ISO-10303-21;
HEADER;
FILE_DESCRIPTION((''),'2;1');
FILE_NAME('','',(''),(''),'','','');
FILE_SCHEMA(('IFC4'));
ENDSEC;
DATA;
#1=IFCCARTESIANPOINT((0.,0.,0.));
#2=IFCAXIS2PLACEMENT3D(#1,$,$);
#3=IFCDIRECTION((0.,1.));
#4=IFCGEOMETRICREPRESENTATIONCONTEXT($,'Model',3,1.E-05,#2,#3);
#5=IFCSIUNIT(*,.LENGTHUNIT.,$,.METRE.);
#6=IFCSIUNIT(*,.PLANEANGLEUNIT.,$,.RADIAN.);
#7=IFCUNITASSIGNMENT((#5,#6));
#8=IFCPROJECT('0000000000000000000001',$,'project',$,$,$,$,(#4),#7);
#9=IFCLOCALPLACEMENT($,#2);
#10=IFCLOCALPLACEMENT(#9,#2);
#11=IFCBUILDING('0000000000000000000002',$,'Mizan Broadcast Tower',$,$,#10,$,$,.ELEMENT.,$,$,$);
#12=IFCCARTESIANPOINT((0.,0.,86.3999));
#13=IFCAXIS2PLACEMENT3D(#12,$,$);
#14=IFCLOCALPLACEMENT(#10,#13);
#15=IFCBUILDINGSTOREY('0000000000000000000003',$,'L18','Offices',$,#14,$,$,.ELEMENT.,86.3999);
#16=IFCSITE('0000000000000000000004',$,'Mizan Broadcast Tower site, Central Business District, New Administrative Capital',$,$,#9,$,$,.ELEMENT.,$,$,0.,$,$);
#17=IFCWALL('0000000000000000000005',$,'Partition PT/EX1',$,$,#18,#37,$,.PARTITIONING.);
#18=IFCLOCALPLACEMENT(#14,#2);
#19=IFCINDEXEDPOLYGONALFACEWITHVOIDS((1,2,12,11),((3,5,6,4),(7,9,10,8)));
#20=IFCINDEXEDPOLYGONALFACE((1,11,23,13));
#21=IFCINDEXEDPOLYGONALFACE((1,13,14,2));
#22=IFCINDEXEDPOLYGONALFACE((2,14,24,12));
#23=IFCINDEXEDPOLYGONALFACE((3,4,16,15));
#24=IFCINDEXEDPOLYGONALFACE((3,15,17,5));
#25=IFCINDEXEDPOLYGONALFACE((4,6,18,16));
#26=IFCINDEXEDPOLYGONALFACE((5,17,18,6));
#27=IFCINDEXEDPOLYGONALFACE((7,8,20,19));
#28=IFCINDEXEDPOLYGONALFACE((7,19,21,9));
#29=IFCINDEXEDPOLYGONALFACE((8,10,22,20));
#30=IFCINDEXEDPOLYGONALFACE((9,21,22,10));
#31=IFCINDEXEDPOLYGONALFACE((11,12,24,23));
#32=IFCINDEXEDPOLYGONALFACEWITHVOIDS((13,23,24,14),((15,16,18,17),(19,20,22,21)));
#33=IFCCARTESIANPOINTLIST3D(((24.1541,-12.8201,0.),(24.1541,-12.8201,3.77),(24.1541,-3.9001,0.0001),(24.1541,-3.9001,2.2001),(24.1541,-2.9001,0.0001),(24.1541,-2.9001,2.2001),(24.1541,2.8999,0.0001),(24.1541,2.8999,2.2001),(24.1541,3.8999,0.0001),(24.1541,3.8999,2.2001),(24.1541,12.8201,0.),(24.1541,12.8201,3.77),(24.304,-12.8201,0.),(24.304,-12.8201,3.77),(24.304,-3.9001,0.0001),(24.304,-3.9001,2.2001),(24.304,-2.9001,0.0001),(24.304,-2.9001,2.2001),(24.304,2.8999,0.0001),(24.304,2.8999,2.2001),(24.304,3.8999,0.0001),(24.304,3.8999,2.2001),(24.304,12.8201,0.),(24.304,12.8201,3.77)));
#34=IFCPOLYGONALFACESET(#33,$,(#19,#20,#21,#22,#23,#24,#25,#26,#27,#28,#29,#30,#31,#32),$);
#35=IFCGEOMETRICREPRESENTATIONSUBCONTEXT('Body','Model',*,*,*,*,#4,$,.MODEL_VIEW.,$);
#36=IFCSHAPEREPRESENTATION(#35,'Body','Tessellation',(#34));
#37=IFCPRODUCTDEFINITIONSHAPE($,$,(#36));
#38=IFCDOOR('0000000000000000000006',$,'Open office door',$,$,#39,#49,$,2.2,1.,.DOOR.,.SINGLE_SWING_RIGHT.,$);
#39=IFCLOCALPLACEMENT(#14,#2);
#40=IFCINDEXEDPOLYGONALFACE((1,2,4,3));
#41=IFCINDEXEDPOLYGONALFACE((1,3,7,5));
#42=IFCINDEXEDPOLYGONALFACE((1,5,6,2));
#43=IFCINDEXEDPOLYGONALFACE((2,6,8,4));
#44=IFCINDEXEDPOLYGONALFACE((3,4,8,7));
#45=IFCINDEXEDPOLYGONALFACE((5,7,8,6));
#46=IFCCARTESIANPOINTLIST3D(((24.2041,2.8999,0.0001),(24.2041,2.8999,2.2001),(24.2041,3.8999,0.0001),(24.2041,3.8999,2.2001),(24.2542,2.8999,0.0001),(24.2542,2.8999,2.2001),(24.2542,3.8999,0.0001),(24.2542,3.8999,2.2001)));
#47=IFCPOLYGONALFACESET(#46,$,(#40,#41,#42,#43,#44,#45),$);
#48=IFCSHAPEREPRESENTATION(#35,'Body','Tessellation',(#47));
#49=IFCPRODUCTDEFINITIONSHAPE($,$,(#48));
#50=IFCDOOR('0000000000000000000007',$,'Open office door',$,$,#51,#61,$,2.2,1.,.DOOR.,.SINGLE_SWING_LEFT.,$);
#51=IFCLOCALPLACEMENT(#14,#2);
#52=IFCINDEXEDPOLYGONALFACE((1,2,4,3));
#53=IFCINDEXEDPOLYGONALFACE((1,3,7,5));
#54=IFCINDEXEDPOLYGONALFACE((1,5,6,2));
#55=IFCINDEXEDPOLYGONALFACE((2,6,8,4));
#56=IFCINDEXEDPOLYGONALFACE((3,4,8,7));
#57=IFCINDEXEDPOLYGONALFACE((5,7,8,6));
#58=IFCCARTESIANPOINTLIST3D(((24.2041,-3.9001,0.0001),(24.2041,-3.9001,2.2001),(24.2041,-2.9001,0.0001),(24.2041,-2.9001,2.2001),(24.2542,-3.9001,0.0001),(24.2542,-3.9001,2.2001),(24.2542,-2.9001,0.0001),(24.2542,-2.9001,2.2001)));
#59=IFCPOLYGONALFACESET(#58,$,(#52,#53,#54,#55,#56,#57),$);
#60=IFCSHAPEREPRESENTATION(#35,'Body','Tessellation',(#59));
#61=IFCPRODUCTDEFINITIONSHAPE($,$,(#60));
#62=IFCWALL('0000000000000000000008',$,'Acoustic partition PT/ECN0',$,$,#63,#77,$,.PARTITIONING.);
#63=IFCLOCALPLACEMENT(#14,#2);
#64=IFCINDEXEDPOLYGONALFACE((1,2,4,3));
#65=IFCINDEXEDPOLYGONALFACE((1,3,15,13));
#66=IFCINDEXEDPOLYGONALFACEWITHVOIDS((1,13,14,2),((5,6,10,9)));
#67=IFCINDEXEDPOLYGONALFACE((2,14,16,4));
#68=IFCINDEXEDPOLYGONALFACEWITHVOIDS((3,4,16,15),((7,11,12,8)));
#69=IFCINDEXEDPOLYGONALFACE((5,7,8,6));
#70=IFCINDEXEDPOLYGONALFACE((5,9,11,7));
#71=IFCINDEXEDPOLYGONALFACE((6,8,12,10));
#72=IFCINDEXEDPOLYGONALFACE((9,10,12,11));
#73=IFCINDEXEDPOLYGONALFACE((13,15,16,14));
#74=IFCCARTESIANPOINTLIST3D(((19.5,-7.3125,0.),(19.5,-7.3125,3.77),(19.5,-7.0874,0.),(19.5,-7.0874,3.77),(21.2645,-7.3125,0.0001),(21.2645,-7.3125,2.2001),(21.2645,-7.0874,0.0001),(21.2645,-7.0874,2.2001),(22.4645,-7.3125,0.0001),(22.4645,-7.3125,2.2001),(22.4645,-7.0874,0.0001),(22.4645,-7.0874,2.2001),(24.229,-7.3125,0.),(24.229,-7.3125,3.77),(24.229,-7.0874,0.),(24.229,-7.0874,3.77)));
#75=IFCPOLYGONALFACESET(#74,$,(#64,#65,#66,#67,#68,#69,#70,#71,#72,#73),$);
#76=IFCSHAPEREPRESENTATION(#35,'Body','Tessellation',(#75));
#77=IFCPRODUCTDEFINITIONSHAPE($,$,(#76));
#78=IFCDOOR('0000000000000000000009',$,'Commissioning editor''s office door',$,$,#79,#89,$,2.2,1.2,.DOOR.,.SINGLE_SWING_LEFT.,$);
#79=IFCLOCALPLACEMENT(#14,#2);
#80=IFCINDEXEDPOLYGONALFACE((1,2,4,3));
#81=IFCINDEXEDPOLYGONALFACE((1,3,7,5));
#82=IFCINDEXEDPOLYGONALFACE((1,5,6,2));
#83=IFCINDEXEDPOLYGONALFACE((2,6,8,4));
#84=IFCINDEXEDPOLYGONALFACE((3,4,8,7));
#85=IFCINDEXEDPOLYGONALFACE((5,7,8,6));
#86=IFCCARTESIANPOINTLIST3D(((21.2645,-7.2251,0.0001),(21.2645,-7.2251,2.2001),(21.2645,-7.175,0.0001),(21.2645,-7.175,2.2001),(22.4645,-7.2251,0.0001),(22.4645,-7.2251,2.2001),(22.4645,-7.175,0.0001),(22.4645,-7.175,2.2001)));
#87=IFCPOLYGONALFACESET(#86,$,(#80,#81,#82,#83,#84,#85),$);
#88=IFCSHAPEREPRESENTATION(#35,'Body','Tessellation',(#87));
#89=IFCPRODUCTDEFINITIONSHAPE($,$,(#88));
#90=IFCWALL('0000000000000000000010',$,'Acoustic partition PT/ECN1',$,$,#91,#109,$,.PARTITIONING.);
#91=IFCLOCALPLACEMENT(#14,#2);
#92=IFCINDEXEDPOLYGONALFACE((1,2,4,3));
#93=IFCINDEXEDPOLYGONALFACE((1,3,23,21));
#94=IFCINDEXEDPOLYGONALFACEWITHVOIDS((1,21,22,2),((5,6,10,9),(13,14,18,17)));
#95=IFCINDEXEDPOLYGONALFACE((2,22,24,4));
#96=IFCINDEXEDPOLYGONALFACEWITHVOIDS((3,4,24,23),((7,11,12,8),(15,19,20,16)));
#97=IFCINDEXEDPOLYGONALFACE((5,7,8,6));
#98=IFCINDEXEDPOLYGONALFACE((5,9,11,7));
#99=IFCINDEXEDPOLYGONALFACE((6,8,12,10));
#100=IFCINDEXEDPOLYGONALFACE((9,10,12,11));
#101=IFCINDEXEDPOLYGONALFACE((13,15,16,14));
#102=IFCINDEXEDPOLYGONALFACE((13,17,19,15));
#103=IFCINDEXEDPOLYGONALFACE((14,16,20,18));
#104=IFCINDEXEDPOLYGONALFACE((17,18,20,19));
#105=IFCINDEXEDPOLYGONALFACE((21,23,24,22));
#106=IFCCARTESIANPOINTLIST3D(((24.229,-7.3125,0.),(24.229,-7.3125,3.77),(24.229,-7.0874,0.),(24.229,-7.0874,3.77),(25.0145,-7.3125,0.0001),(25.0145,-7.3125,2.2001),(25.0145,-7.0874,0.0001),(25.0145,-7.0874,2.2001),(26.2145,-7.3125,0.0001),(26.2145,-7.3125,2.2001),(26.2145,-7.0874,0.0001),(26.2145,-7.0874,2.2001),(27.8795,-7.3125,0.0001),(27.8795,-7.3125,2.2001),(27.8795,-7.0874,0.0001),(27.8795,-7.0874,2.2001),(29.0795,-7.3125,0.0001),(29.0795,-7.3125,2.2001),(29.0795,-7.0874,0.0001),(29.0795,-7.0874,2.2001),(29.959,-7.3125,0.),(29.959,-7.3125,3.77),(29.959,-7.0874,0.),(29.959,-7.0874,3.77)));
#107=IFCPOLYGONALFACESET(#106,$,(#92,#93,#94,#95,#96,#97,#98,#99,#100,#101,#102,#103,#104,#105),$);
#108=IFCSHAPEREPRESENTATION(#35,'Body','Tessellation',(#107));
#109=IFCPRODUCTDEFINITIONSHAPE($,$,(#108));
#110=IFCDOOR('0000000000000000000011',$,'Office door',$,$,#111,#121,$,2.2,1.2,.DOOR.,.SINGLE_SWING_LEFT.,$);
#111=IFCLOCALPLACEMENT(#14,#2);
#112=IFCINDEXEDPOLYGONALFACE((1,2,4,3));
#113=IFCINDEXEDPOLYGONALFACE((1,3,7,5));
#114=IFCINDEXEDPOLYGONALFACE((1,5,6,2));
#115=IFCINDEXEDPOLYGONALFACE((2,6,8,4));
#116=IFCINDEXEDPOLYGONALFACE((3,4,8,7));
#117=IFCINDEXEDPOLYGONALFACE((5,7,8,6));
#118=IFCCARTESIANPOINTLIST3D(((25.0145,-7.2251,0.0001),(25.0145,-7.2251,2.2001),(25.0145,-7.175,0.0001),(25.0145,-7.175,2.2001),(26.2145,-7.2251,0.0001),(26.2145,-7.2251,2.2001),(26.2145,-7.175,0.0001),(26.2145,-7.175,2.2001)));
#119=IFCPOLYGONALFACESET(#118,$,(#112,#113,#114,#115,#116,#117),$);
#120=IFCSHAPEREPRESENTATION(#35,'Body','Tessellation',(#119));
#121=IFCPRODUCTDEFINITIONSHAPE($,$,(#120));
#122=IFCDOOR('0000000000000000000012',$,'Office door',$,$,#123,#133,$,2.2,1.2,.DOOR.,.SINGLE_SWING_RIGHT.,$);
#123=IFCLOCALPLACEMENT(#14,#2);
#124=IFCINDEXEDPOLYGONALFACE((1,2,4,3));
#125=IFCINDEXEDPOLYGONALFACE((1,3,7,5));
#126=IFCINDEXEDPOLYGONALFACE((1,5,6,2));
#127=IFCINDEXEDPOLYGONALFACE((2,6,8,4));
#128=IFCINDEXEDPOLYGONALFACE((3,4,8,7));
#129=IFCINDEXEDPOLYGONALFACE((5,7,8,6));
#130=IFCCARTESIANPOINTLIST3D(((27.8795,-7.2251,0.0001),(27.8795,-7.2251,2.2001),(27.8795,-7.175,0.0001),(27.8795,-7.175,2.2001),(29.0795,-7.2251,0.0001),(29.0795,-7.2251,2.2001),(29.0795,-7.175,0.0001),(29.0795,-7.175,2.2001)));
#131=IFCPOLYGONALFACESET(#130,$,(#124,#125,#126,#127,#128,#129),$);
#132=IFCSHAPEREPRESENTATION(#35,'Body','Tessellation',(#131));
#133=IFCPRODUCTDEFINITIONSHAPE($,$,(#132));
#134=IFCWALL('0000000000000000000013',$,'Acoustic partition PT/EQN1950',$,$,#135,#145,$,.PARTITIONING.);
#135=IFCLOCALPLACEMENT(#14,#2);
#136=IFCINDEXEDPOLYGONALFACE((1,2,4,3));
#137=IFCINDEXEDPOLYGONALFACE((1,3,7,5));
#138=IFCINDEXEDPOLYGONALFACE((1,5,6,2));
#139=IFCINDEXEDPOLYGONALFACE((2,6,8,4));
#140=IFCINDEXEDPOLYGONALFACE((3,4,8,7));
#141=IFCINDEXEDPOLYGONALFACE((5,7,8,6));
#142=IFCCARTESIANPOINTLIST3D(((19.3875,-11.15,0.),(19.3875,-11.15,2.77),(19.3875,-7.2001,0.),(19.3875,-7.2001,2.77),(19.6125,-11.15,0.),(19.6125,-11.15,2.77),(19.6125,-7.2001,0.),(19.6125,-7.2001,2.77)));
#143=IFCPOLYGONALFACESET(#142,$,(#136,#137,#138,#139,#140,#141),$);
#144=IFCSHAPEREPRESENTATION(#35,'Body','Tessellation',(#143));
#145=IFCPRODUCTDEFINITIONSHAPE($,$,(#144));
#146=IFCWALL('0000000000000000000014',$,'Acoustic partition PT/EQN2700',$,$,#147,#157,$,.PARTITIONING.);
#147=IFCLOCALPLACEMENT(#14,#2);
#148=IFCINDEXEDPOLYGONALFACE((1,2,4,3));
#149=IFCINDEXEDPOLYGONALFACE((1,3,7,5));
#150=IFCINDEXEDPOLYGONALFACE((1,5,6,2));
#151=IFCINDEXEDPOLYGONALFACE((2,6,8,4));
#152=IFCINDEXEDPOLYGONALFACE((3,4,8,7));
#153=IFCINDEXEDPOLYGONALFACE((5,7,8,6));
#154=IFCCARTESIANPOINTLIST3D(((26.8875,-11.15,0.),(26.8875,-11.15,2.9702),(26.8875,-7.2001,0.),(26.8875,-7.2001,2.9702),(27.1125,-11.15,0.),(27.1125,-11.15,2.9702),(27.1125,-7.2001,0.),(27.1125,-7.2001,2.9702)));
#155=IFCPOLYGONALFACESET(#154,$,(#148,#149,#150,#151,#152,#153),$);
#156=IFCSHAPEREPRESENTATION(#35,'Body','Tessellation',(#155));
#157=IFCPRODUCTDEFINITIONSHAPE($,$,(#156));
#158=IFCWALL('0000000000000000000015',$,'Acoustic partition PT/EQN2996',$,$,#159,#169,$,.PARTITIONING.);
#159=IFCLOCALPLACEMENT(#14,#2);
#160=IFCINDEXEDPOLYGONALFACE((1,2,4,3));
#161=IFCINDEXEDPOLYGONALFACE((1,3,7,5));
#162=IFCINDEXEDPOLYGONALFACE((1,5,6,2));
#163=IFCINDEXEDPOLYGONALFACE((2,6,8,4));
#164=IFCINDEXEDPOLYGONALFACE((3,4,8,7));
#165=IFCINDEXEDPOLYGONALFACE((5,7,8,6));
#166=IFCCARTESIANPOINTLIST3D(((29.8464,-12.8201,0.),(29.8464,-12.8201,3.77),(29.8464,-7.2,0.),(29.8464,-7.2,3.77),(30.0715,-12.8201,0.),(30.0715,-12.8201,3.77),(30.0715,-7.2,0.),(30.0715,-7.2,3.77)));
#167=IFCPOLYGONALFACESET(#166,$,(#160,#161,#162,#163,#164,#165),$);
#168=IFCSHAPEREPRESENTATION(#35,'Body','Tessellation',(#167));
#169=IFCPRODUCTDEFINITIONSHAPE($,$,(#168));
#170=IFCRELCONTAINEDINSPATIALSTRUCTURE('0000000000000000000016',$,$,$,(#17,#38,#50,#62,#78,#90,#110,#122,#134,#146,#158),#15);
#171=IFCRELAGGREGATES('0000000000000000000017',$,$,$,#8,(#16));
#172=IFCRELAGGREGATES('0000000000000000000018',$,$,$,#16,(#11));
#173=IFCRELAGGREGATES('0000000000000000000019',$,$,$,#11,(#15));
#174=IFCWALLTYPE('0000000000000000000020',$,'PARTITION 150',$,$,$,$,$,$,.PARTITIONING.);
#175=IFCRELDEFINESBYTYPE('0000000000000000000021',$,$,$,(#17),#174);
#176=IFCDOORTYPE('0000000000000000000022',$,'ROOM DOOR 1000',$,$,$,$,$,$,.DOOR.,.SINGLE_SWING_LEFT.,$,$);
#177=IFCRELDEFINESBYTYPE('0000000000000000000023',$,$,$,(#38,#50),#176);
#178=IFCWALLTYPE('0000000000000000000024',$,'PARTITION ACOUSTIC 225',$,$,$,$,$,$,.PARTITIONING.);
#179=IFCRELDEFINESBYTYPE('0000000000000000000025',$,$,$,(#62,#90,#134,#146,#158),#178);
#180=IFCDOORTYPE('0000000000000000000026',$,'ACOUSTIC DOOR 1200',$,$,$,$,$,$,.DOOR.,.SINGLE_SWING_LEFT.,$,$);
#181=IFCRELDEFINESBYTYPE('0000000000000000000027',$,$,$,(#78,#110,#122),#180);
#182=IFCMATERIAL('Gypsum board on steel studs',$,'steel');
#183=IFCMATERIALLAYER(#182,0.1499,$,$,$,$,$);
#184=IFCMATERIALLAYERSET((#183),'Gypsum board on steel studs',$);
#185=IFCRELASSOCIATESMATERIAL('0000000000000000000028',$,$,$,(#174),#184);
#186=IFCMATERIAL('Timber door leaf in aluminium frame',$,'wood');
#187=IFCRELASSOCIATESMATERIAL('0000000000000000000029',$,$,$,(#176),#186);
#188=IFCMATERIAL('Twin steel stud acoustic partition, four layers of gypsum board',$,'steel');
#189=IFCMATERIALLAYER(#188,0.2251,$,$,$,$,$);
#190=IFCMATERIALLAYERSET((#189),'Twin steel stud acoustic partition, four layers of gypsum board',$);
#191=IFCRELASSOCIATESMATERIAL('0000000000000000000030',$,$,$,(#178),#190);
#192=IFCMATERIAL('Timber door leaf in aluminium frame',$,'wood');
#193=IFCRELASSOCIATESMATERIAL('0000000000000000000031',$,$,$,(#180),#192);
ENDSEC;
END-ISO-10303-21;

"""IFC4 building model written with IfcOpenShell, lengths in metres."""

from ifc_helpers import new_model, si_unit, direction, frame, frame_2d, origin, place, context, subcontext, project, spatial, rectangle, extrude, material, layer, layer_set, type_object, element, fill, save


model = new_model("IFC4")

# Units and contexts
model_context = context("Model", 3, precision=1e-05, world=origin(), true_north=direction((0.0, 1.0)))
body_context = subcontext(model_context, "Body", "Model", "MODEL_VIEW")
ifc_project = project(units=[si_unit("LENGTHUNIT", "METRE"), si_unit("PLANEANGLEUNIT", "RADIAN")], contexts=[model_context])

# Site, building, storey
site_placement = place(None, origin())
site = spatial("IfcSite", under=ifc_project, at=site_placement, Name="Mizan Broadcast Tower site, Central Business District, New Administrative Capital", CompositionType="ELEMENT", RefElevation=0.0)
building_placement = place(site_placement, origin())
building = spatial("IfcBuilding", under=site, at=building_placement, Name="Mizan Broadcast Tower", CompositionType="ELEMENT")
storey_placement = place(building_placement, frame((0.0, 0.0, 86.3999)))
storey = spatial("IfcBuildingStorey", under=building, at=storey_placement, Name="L18", Description="Offices", CompositionType="ELEMENT", Elevation=86.3999)

# Wall, openings, doors
ifc_material_1 = material(Name="Gypsum board on steel studs", Category="steel")
ifc_layer_1 = layer(ifc_material_1, 0.1499)
ifc_layer_set_1 = layer_set([ifc_layer_1], Name="Gypsum board on steel studs")
wall_type_1 = type_object("IfcWallType", Name="PARTITION 150", PredefinedType="PARTITIONING", material=ifc_layer_set_1)
wall_1_placement = place(storey_placement, frame((24.229, -12.8201, 0.0), z_axis=(0.0, 0.0, 1.0), x_axis=(0.0, 1.0, 0.0)))
wall_1 = element("IfcWall", 1, at=wall_1_placement, inside=storey, type_object=wall_type_1, Name="Partition PT/EX1", PredefinedType="PARTITIONING", context=body_context, shape_type="SweptSolid", body=[
    extrude(rectangle(XDim=25.6401, YDim=0.1499, at=frame_2d((12.8201, 0.0))), origin(), (0.0, 0.0, 1.0), 3.77),
])
opening_1_placement = place(wall_1_placement, frame((15.72, 0.0, 0.0)))
opening_1 = element("IfcOpeningElement", 2, at=opening_1_placement, cuts=wall_1, PredefinedType="OPENING", context=body_context, shape_type="SweptSolid", body=[
    extrude(rectangle(XDim=1.0, YDim=2.2, at=frame_2d((0.5, 1.1001))), frame((0.0, 0.085, 0.0), z_axis=(0.0, -1.0, 0.0), x_axis=(1.0, 0.0, 0.0)), (0.0, 0.0, 1.0), 0.1699),
])
opening_2_placement = place(wall_1_placement, frame((8.9199, 0.0, 0.0)))
opening_2 = element("IfcOpeningElement", 3, at=opening_2_placement, cuts=wall_1, PredefinedType="OPENING", context=body_context, shape_type="SweptSolid", body=[
    extrude(rectangle(XDim=1.0, YDim=2.2, at=frame_2d((0.5, 1.1001))), frame((0.0, 0.085, 0.0), z_axis=(0.0, -1.0, 0.0), x_axis=(1.0, 0.0, 0.0)), (0.0, 0.0, 1.0), 0.1699),
])
ifc_material_2 = material(Name="Timber door leaf in aluminium frame", Category="wood")
door_type_1 = type_object("IfcDoorType", Name="ROOM DOOR 1000", OperationType="SINGLE_SWING_LEFT", PredefinedType="DOOR", material=ifc_material_2)
door_1_placement = place(opening_1_placement, origin())
door_1 = element("IfcDoor", 4, at=door_1_placement, inside=storey, type_object=door_type_1, Name="Open office door", OperationType="SINGLE_SWING_RIGHT", OverallHeight=2.2, OverallWidth=1.0, PredefinedType="DOOR", context=body_context, shape_type="SweptSolid", body=[
    extrude(rectangle(XDim=1.0, YDim=2.2, at=frame_2d((0.5, 1.1001))), frame((0.0, 0.0249, 0.0), z_axis=(0.0, -1.0, 0.0), x_axis=(1.0, 0.0, 0.0)), (0.0, 0.0, 1.0), 0.05),
])
fill(opening_1, door_1)
door_2_placement = place(opening_2_placement, origin())
door_2 = element("IfcDoor", 5, at=door_2_placement, inside=storey, type_object=door_type_1, Name="Open office door", OperationType="SINGLE_SWING_LEFT", OverallHeight=2.2, OverallWidth=1.0, PredefinedType="DOOR", context=body_context, shape_type="SweptSolid", body=[
    extrude(rectangle(XDim=1.0, YDim=2.2, at=frame_2d((0.5, 1.1001))), frame((0.0, 0.0249, 0.0), z_axis=(0.0, -1.0, 0.0), x_axis=(1.0, 0.0, 0.0)), (0.0, 0.0, 1.0), 0.05),
])
fill(opening_2, door_2)

# Wall, opening, door
ifc_material_3 = material(Name="Twin steel stud acoustic partition, four layers of gypsum board", Category="steel")
ifc_layer_2 = layer(ifc_material_3, 0.2251)
ifc_layer_set_2 = layer_set([ifc_layer_2], Name="Twin steel stud acoustic partition, four layers of gypsum board")
wall_type_2 = type_object("IfcWallType", Name="PARTITION ACOUSTIC 225", PredefinedType="PARTITIONING", material=ifc_layer_set_2)
wall_2_placement = place(storey_placement, frame((19.5, -7.2, 0.0), z_axis=(0.0, 0.0, 1.0), x_axis=(1.0, 0.0, 0.0)))
wall_2 = element("IfcWall", 6, at=wall_2_placement, inside=storey, type_object=wall_type_2, Name="Acoustic partition PT/ECN0", PredefinedType="PARTITIONING", context=body_context, shape_type="SweptSolid", body=[
    extrude(rectangle(XDim=4.729, YDim=0.2251, at=frame_2d((2.3645, 0.0))), origin(), (0.0, 0.0, 1.0), 3.77),
])
opening_3_placement = place(wall_2_placement, frame((1.7644, 0.0, 0.0)))
opening_3 = element("IfcOpeningElement", 7, at=opening_3_placement, cuts=wall_2, PredefinedType="OPENING", context=body_context, shape_type="SweptSolid", body=[
    extrude(rectangle(XDim=1.2, YDim=2.2, at=frame_2d((0.6001, 1.1001))), frame((0.0, 0.1226, 0.0), z_axis=(0.0, -1.0, 0.0), x_axis=(1.0, 0.0, 0.0)), (0.0, 0.0, 1.0), 0.2451),
])
ifc_material_4 = material(Name="Timber door leaf in aluminium frame", Category="wood")
door_type_2 = type_object("IfcDoorType", Name="ACOUSTIC DOOR 1200", OperationType="SINGLE_SWING_LEFT", PredefinedType="DOOR", material=ifc_material_4)
door_3_placement = place(opening_3_placement, origin())
door_3 = element("IfcDoor", 8, at=door_3_placement, inside=storey, type_object=door_type_2, Name="Commissioning editor's office door", OperationType="SINGLE_SWING_LEFT", OverallHeight=2.2, OverallWidth=1.2, PredefinedType="DOOR", context=body_context, shape_type="SweptSolid", body=[
    extrude(rectangle(XDim=1.2, YDim=2.2, at=frame_2d((0.6001, 1.1001))), frame((0.0, 0.0249, 0.0), z_axis=(0.0, -1.0, 0.0), x_axis=(1.0, 0.0, 0.0)), (0.0, 0.0, 1.0), 0.05),
])
fill(opening_3, door_3)

# Wall, openings, doors
wall_3_placement = place(storey_placement, frame((24.229, -7.2, 0.0), z_axis=(0.0, 0.0, 1.0), x_axis=(1.0, 0.0, 0.0)))
wall_3 = element("IfcWall", 9, at=wall_3_placement, inside=storey, type_object=wall_type_2, Name="Acoustic partition PT/ECN1", PredefinedType="PARTITIONING", context=body_context, shape_type="SweptSolid", body=[
    extrude(rectangle(XDim=5.73, YDim=0.2251, at=frame_2d((2.865, 0.0))), origin(), (0.0, 0.0, 1.0), 3.77),
])
opening_4_placement = place(wall_3_placement, frame((0.7854, 0.0, 0.0)))
opening_4 = element("IfcOpeningElement", 10, at=opening_4_placement, cuts=wall_3, PredefinedType="OPENING", context=body_context, shape_type="SweptSolid", body=[
    extrude(rectangle(XDim=1.2, YDim=2.2, at=frame_2d((0.6001, 1.1001))), frame((0.0, 0.1226, 0.0), z_axis=(0.0, -1.0, 0.0), x_axis=(1.0, 0.0, 0.0)), (0.0, 0.0, 1.0), 0.2451),
])
opening_5_placement = place(wall_3_placement, frame((3.6504, 0.0, 0.0)))
opening_5 = element("IfcOpeningElement", 11, at=opening_5_placement, cuts=wall_3, PredefinedType="OPENING", context=body_context, shape_type="SweptSolid", body=[
    extrude(rectangle(XDim=1.2, YDim=2.2, at=frame_2d((0.6001, 1.1001))), frame((0.0, 0.1226, 0.0), z_axis=(0.0, -1.0, 0.0), x_axis=(1.0, 0.0, 0.0)), (0.0, 0.0, 1.0), 0.2451),
])
door_4_placement = place(opening_4_placement, origin())
door_4 = element("IfcDoor", 12, at=door_4_placement, inside=storey, type_object=door_type_2, Name="Office door", OperationType="SINGLE_SWING_LEFT", OverallHeight=2.2, OverallWidth=1.2, PredefinedType="DOOR", context=body_context, shape_type="SweptSolid", body=[
    extrude(rectangle(XDim=1.2, YDim=2.2, at=frame_2d((0.6001, 1.1001))), frame((0.0, 0.0249, 0.0), z_axis=(0.0, -1.0, 0.0), x_axis=(1.0, 0.0, 0.0)), (0.0, 0.0, 1.0), 0.05),
])
fill(opening_4, door_4)
door_5_placement = place(opening_5_placement, origin())
door_5 = element("IfcDoor", 13, at=door_5_placement, inside=storey, type_object=door_type_2, Name="Office door", OperationType="SINGLE_SWING_RIGHT", OverallHeight=2.2, OverallWidth=1.2, PredefinedType="DOOR", context=body_context, shape_type="SweptSolid", body=[
    extrude(rectangle(XDim=1.2, YDim=2.2, at=frame_2d((0.6001, 1.1001))), frame((0.0, 0.0249, 0.0), z_axis=(0.0, -1.0, 0.0), x_axis=(1.0, 0.0, 0.0)), (0.0, 0.0, 1.0), 0.05),
])
fill(opening_5, door_5)

# Walls
wall_4_placement = place(storey_placement, frame((19.5, -7.2, 0.0), z_axis=(0.0, 0.0, 1.0), x_axis=(0.0, -1.0, 0.0)))
element("IfcWall", 14, at=wall_4_placement, inside=storey, type_object=wall_type_2, Name="Acoustic partition PT/EQN1950", PredefinedType="PARTITIONING", context=body_context, shape_type="SweptSolid", body=[
    extrude(rectangle(XDim=3.95, YDim=0.2251, at=frame_2d((1.9751, 0.0))), origin(), (0.0, 0.0, 1.0), 2.77),
])
wall_5_placement = place(storey_placement, frame((27.0, -7.2, 0.0), z_axis=(0.0, 0.0, 1.0), x_axis=(0.0, -1.0, 0.0)))
element("IfcWall", 15, at=wall_5_placement, inside=storey, type_object=wall_type_2, Name="Acoustic partition PT/EQN2700", PredefinedType="PARTITIONING", context=body_context, shape_type="SweptSolid", body=[
    extrude(rectangle(XDim=3.95, YDim=0.2251, at=frame_2d((1.9751, 0.0))), origin(), (0.0, 0.0, 1.0), 2.9702),
])
wall_6_placement = place(storey_placement, frame((29.959, -7.2, 0.0), z_axis=(0.0, 0.0, 1.0), x_axis=(0.0, -1.0, 0.0)))
element("IfcWall", 16, at=wall_6_placement, inside=storey, type_object=wall_type_2, Name="Acoustic partition PT/EQN2996", PredefinedType="PARTITIONING", context=body_context, shape_type="SweptSolid", body=[
    extrude(rectangle(XDim=5.6201, YDim=0.2251, at=frame_2d((2.8101, 0.0))), origin(), (0.0, 0.0, 1.0), 3.77),
])

save(model, "model.ifc")
